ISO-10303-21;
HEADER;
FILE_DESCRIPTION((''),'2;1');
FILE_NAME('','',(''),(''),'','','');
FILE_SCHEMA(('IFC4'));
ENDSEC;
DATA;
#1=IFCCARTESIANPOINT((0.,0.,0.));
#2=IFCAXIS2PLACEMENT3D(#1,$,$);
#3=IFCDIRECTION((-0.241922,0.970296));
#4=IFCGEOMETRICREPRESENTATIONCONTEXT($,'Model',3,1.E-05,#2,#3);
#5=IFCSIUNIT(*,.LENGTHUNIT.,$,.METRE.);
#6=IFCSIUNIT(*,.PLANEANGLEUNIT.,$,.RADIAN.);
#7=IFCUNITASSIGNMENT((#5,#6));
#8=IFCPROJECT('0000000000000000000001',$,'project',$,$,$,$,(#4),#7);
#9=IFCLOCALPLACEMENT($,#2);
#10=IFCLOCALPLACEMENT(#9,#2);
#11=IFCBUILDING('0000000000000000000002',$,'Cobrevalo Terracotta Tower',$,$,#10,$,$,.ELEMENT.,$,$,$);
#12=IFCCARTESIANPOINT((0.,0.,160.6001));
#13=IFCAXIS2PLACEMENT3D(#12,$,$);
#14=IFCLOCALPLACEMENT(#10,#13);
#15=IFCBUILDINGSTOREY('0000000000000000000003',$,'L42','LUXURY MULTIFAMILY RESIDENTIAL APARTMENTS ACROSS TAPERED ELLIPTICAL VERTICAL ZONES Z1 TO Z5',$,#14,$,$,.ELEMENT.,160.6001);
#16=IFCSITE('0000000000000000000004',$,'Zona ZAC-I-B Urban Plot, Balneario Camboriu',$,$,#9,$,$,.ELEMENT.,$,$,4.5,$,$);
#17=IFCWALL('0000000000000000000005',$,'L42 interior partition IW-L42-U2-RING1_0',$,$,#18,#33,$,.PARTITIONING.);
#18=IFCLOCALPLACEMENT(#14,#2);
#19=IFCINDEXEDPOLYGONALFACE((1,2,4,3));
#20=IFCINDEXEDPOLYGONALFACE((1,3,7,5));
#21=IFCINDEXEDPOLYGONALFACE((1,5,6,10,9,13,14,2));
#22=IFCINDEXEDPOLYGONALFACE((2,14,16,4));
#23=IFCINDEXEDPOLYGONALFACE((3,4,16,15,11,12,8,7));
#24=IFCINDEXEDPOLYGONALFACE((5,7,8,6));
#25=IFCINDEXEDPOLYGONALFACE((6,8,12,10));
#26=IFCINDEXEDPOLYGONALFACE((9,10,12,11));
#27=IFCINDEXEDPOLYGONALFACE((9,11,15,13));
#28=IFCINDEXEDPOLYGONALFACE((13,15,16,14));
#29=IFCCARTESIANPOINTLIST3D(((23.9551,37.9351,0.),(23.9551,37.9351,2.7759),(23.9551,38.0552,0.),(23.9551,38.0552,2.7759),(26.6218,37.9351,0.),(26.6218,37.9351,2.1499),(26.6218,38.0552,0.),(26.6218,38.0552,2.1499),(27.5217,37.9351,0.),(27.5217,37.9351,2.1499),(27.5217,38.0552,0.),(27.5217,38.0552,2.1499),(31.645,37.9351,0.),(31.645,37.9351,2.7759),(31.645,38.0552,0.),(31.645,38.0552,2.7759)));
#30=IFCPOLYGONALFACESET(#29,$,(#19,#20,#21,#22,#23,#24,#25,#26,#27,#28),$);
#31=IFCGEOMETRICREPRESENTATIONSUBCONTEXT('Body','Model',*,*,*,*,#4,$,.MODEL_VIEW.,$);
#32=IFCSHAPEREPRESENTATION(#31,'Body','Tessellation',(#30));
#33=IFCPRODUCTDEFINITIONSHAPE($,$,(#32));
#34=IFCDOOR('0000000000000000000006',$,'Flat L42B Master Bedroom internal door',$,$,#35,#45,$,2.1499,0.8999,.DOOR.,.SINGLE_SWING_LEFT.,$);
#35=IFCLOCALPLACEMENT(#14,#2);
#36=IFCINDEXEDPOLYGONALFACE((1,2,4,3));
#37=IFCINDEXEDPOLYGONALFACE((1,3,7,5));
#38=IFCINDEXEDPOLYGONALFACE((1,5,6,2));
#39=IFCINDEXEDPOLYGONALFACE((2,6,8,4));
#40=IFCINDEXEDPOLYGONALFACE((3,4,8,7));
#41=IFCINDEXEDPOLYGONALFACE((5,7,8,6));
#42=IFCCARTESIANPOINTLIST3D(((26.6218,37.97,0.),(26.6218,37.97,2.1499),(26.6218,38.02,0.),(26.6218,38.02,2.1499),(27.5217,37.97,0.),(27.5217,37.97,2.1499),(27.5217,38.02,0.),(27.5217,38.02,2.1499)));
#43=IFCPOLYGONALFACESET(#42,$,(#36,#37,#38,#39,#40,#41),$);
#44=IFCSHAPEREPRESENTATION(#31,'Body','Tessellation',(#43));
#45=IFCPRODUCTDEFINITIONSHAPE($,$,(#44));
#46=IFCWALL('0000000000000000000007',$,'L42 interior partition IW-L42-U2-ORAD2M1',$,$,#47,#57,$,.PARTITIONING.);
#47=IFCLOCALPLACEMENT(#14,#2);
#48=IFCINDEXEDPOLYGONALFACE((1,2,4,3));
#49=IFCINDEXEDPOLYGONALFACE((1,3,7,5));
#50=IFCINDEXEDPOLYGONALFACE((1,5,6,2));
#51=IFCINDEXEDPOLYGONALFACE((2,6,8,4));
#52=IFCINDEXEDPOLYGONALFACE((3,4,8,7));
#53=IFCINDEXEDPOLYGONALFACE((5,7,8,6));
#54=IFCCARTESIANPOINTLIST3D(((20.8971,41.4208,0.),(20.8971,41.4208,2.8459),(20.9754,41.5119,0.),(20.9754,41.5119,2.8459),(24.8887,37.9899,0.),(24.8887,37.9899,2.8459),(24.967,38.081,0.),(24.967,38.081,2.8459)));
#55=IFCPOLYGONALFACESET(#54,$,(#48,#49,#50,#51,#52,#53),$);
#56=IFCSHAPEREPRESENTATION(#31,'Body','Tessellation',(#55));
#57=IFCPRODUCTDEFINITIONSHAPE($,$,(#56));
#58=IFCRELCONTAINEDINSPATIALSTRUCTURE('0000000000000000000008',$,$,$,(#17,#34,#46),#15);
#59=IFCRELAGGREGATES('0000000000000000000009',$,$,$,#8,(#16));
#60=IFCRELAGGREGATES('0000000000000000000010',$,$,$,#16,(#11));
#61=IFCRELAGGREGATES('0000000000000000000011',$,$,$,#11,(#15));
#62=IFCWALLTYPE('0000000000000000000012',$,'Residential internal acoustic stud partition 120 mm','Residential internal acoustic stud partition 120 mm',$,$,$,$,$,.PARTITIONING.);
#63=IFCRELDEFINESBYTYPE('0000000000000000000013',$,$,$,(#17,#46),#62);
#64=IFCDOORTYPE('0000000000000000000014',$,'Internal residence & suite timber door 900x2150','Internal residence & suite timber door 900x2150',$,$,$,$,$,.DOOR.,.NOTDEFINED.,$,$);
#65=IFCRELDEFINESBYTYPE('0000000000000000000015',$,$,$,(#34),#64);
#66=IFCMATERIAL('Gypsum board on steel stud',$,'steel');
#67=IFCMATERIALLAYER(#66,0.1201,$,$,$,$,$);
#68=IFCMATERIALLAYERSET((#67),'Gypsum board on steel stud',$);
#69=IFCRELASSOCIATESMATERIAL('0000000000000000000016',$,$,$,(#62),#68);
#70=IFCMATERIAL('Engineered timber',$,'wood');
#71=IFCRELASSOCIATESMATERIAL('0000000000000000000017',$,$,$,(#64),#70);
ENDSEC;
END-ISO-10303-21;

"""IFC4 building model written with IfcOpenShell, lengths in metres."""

from ifc_helpers import new_model, si_unit, direction, frame, frame_2d, origin, place, context, subcontext, project, spatial, rectangle, extrude, source, transform, mapped, material, layer, layer_set, type_object, element, fill, save


model = new_model("IFC4")

# Units and contexts
model_context = context("Model", 3, precision=1e-05, world=origin(), true_north=direction((-0.241922, 0.970296)))
body_context = subcontext(model_context, "Body", "Model", "MODEL_VIEW")
ifc_project = project(units=[si_unit("LENGTHUNIT", "METRE"), si_unit("PLANEANGLEUNIT", "RADIAN")], contexts=[model_context])

# Site, building, storey
site_placement = place(None, origin())
site = spatial("IfcSite", under=ifc_project, at=site_placement, Name="Zona ZAC-I-B Urban Plot, Balneario Camboriu", CompositionType="ELEMENT", RefElevation=4.5)
building_placement = place(site_placement, origin())
building = spatial("IfcBuilding", under=site, at=building_placement, Name="Cobrevalo Terracotta Tower", CompositionType="ELEMENT")
storey_placement = place(building_placement, frame((0.0, 0.0, 160.6001)))
storey = spatial("IfcBuildingStorey", under=building, at=storey_placement, Name="L42", Description="LUXURY MULTIFAMILY RESIDENTIAL APARTMENTS ACROSS TAPERED ELLIPTICAL VERTICAL ZONES Z1 TO Z5", CompositionType="ELEMENT", Elevation=160.6001)

# Wall, opening, door
ifc_material_1 = material(Name="Gypsum board on steel stud", Category="steel")
ifc_layer_1 = layer(ifc_material_1, 0.1201)
ifc_layer_set_1 = layer_set([ifc_layer_1], Name="Gypsum board on steel stud")
wall_type_1 = type_object("IfcWallType", Name="Residential internal acoustic stud partition 120 mm", Description="Residential internal acoustic stud partition 120 mm", PredefinedType="PARTITIONING", material=ifc_layer_set_1)
wall_1_placement = place(storey_placement, frame((23.9551, 37.9951, 0.0), z_axis=(0.0, 0.0, 1.0), x_axis=(1.0, 0.0, 0.0)))
wall_1 = element("IfcWall", 1, at=wall_1_placement, inside=storey, type_object=wall_type_1, Name="L42 interior partition IW-L42-U2-RING1_0", PredefinedType="PARTITIONING", context=body_context, shape_type="SweptSolid", body=[
    extrude(rectangle(XDim=7.6899, YDim=0.1201, at=frame_2d((3.845, 0.0))), origin(), (0.0, 0.0, 1.0), 2.7759),
])
opening_1_placement = place(wall_1_placement, frame((2.6667, 0.0, 0.0)))
opening_1 = element("IfcOpeningElement", 2, at=opening_1_placement, cuts=wall_1, PredefinedType="OPENING", context=body_context, shape_type="SweptSolid", body=[
    extrude(rectangle(XDim=0.8999, YDim=2.1499, at=frame_2d((0.45, 1.075))), frame((0.0, 0.0701, 0.0), z_axis=(0.0, -1.0, 0.0), x_axis=(1.0, 0.0, 0.0)), (0.0, 0.0, 1.0), 0.1401),
])
ifc_material_2 = material(Name="Engineered timber", Category="wood")
door_type = type_object("IfcDoorType", Name="Internal residence & suite timber door 900x2150", Description="Internal residence & suite timber door 900x2150", OperationType="NOTDEFINED", PredefinedType="DOOR", material=ifc_material_2)
shared_shape_1 = source(origin(), body_context, "Body", "SweptSolid", [
    extrude(rectangle(XDim=0.8999, YDim=2.1499, at=frame_2d((0.45, 1.075))), frame((0.0, 0.0249, 0.0), z_axis=(0.0, -1.0, 0.0), x_axis=(1.0, 0.0, 0.0)), (0.0, 0.0, 1.0), 0.05),
])
door_placement = place(opening_1_placement, origin())
door = element("IfcDoor", 3, at=door_placement, inside=storey, type_object=door_type, Name="Flat L42B Master Bedroom internal door", OperationType="SINGLE_SWING_LEFT", OverallHeight=2.1499, OverallWidth=0.8999, PredefinedType="DOOR", context=body_context, shape_type="MappedRepresentation", body=[
    mapped(shared_shape_1, transform((0.0, 0.0, 0.0), scale=1.0)),
])
fill(opening_1, door)

# Wall
wall_2_placement = place(storey_placement, frame((24.928, 38.0354, 0.0), z_axis=(0.0, 0.0, 1.0), x_axis=(-0.758369, 0.651826, 0.0)))
element("IfcWall", 4, at=wall_2_placement, inside=storey, type_object=wall_type_1, Name="L42 interior partition IW-L42-U2-ORAD2M1", PredefinedType="PARTITIONING", context=body_context, shape_type="SweptSolid", body=[
    extrude(rectangle(XDim=5.2634, YDim=0.1201, at=frame_2d((2.6318, 0.0))), origin(), (0.0, 0.0, 1.0), 2.8459),
])

save(model, "model.ifc")
